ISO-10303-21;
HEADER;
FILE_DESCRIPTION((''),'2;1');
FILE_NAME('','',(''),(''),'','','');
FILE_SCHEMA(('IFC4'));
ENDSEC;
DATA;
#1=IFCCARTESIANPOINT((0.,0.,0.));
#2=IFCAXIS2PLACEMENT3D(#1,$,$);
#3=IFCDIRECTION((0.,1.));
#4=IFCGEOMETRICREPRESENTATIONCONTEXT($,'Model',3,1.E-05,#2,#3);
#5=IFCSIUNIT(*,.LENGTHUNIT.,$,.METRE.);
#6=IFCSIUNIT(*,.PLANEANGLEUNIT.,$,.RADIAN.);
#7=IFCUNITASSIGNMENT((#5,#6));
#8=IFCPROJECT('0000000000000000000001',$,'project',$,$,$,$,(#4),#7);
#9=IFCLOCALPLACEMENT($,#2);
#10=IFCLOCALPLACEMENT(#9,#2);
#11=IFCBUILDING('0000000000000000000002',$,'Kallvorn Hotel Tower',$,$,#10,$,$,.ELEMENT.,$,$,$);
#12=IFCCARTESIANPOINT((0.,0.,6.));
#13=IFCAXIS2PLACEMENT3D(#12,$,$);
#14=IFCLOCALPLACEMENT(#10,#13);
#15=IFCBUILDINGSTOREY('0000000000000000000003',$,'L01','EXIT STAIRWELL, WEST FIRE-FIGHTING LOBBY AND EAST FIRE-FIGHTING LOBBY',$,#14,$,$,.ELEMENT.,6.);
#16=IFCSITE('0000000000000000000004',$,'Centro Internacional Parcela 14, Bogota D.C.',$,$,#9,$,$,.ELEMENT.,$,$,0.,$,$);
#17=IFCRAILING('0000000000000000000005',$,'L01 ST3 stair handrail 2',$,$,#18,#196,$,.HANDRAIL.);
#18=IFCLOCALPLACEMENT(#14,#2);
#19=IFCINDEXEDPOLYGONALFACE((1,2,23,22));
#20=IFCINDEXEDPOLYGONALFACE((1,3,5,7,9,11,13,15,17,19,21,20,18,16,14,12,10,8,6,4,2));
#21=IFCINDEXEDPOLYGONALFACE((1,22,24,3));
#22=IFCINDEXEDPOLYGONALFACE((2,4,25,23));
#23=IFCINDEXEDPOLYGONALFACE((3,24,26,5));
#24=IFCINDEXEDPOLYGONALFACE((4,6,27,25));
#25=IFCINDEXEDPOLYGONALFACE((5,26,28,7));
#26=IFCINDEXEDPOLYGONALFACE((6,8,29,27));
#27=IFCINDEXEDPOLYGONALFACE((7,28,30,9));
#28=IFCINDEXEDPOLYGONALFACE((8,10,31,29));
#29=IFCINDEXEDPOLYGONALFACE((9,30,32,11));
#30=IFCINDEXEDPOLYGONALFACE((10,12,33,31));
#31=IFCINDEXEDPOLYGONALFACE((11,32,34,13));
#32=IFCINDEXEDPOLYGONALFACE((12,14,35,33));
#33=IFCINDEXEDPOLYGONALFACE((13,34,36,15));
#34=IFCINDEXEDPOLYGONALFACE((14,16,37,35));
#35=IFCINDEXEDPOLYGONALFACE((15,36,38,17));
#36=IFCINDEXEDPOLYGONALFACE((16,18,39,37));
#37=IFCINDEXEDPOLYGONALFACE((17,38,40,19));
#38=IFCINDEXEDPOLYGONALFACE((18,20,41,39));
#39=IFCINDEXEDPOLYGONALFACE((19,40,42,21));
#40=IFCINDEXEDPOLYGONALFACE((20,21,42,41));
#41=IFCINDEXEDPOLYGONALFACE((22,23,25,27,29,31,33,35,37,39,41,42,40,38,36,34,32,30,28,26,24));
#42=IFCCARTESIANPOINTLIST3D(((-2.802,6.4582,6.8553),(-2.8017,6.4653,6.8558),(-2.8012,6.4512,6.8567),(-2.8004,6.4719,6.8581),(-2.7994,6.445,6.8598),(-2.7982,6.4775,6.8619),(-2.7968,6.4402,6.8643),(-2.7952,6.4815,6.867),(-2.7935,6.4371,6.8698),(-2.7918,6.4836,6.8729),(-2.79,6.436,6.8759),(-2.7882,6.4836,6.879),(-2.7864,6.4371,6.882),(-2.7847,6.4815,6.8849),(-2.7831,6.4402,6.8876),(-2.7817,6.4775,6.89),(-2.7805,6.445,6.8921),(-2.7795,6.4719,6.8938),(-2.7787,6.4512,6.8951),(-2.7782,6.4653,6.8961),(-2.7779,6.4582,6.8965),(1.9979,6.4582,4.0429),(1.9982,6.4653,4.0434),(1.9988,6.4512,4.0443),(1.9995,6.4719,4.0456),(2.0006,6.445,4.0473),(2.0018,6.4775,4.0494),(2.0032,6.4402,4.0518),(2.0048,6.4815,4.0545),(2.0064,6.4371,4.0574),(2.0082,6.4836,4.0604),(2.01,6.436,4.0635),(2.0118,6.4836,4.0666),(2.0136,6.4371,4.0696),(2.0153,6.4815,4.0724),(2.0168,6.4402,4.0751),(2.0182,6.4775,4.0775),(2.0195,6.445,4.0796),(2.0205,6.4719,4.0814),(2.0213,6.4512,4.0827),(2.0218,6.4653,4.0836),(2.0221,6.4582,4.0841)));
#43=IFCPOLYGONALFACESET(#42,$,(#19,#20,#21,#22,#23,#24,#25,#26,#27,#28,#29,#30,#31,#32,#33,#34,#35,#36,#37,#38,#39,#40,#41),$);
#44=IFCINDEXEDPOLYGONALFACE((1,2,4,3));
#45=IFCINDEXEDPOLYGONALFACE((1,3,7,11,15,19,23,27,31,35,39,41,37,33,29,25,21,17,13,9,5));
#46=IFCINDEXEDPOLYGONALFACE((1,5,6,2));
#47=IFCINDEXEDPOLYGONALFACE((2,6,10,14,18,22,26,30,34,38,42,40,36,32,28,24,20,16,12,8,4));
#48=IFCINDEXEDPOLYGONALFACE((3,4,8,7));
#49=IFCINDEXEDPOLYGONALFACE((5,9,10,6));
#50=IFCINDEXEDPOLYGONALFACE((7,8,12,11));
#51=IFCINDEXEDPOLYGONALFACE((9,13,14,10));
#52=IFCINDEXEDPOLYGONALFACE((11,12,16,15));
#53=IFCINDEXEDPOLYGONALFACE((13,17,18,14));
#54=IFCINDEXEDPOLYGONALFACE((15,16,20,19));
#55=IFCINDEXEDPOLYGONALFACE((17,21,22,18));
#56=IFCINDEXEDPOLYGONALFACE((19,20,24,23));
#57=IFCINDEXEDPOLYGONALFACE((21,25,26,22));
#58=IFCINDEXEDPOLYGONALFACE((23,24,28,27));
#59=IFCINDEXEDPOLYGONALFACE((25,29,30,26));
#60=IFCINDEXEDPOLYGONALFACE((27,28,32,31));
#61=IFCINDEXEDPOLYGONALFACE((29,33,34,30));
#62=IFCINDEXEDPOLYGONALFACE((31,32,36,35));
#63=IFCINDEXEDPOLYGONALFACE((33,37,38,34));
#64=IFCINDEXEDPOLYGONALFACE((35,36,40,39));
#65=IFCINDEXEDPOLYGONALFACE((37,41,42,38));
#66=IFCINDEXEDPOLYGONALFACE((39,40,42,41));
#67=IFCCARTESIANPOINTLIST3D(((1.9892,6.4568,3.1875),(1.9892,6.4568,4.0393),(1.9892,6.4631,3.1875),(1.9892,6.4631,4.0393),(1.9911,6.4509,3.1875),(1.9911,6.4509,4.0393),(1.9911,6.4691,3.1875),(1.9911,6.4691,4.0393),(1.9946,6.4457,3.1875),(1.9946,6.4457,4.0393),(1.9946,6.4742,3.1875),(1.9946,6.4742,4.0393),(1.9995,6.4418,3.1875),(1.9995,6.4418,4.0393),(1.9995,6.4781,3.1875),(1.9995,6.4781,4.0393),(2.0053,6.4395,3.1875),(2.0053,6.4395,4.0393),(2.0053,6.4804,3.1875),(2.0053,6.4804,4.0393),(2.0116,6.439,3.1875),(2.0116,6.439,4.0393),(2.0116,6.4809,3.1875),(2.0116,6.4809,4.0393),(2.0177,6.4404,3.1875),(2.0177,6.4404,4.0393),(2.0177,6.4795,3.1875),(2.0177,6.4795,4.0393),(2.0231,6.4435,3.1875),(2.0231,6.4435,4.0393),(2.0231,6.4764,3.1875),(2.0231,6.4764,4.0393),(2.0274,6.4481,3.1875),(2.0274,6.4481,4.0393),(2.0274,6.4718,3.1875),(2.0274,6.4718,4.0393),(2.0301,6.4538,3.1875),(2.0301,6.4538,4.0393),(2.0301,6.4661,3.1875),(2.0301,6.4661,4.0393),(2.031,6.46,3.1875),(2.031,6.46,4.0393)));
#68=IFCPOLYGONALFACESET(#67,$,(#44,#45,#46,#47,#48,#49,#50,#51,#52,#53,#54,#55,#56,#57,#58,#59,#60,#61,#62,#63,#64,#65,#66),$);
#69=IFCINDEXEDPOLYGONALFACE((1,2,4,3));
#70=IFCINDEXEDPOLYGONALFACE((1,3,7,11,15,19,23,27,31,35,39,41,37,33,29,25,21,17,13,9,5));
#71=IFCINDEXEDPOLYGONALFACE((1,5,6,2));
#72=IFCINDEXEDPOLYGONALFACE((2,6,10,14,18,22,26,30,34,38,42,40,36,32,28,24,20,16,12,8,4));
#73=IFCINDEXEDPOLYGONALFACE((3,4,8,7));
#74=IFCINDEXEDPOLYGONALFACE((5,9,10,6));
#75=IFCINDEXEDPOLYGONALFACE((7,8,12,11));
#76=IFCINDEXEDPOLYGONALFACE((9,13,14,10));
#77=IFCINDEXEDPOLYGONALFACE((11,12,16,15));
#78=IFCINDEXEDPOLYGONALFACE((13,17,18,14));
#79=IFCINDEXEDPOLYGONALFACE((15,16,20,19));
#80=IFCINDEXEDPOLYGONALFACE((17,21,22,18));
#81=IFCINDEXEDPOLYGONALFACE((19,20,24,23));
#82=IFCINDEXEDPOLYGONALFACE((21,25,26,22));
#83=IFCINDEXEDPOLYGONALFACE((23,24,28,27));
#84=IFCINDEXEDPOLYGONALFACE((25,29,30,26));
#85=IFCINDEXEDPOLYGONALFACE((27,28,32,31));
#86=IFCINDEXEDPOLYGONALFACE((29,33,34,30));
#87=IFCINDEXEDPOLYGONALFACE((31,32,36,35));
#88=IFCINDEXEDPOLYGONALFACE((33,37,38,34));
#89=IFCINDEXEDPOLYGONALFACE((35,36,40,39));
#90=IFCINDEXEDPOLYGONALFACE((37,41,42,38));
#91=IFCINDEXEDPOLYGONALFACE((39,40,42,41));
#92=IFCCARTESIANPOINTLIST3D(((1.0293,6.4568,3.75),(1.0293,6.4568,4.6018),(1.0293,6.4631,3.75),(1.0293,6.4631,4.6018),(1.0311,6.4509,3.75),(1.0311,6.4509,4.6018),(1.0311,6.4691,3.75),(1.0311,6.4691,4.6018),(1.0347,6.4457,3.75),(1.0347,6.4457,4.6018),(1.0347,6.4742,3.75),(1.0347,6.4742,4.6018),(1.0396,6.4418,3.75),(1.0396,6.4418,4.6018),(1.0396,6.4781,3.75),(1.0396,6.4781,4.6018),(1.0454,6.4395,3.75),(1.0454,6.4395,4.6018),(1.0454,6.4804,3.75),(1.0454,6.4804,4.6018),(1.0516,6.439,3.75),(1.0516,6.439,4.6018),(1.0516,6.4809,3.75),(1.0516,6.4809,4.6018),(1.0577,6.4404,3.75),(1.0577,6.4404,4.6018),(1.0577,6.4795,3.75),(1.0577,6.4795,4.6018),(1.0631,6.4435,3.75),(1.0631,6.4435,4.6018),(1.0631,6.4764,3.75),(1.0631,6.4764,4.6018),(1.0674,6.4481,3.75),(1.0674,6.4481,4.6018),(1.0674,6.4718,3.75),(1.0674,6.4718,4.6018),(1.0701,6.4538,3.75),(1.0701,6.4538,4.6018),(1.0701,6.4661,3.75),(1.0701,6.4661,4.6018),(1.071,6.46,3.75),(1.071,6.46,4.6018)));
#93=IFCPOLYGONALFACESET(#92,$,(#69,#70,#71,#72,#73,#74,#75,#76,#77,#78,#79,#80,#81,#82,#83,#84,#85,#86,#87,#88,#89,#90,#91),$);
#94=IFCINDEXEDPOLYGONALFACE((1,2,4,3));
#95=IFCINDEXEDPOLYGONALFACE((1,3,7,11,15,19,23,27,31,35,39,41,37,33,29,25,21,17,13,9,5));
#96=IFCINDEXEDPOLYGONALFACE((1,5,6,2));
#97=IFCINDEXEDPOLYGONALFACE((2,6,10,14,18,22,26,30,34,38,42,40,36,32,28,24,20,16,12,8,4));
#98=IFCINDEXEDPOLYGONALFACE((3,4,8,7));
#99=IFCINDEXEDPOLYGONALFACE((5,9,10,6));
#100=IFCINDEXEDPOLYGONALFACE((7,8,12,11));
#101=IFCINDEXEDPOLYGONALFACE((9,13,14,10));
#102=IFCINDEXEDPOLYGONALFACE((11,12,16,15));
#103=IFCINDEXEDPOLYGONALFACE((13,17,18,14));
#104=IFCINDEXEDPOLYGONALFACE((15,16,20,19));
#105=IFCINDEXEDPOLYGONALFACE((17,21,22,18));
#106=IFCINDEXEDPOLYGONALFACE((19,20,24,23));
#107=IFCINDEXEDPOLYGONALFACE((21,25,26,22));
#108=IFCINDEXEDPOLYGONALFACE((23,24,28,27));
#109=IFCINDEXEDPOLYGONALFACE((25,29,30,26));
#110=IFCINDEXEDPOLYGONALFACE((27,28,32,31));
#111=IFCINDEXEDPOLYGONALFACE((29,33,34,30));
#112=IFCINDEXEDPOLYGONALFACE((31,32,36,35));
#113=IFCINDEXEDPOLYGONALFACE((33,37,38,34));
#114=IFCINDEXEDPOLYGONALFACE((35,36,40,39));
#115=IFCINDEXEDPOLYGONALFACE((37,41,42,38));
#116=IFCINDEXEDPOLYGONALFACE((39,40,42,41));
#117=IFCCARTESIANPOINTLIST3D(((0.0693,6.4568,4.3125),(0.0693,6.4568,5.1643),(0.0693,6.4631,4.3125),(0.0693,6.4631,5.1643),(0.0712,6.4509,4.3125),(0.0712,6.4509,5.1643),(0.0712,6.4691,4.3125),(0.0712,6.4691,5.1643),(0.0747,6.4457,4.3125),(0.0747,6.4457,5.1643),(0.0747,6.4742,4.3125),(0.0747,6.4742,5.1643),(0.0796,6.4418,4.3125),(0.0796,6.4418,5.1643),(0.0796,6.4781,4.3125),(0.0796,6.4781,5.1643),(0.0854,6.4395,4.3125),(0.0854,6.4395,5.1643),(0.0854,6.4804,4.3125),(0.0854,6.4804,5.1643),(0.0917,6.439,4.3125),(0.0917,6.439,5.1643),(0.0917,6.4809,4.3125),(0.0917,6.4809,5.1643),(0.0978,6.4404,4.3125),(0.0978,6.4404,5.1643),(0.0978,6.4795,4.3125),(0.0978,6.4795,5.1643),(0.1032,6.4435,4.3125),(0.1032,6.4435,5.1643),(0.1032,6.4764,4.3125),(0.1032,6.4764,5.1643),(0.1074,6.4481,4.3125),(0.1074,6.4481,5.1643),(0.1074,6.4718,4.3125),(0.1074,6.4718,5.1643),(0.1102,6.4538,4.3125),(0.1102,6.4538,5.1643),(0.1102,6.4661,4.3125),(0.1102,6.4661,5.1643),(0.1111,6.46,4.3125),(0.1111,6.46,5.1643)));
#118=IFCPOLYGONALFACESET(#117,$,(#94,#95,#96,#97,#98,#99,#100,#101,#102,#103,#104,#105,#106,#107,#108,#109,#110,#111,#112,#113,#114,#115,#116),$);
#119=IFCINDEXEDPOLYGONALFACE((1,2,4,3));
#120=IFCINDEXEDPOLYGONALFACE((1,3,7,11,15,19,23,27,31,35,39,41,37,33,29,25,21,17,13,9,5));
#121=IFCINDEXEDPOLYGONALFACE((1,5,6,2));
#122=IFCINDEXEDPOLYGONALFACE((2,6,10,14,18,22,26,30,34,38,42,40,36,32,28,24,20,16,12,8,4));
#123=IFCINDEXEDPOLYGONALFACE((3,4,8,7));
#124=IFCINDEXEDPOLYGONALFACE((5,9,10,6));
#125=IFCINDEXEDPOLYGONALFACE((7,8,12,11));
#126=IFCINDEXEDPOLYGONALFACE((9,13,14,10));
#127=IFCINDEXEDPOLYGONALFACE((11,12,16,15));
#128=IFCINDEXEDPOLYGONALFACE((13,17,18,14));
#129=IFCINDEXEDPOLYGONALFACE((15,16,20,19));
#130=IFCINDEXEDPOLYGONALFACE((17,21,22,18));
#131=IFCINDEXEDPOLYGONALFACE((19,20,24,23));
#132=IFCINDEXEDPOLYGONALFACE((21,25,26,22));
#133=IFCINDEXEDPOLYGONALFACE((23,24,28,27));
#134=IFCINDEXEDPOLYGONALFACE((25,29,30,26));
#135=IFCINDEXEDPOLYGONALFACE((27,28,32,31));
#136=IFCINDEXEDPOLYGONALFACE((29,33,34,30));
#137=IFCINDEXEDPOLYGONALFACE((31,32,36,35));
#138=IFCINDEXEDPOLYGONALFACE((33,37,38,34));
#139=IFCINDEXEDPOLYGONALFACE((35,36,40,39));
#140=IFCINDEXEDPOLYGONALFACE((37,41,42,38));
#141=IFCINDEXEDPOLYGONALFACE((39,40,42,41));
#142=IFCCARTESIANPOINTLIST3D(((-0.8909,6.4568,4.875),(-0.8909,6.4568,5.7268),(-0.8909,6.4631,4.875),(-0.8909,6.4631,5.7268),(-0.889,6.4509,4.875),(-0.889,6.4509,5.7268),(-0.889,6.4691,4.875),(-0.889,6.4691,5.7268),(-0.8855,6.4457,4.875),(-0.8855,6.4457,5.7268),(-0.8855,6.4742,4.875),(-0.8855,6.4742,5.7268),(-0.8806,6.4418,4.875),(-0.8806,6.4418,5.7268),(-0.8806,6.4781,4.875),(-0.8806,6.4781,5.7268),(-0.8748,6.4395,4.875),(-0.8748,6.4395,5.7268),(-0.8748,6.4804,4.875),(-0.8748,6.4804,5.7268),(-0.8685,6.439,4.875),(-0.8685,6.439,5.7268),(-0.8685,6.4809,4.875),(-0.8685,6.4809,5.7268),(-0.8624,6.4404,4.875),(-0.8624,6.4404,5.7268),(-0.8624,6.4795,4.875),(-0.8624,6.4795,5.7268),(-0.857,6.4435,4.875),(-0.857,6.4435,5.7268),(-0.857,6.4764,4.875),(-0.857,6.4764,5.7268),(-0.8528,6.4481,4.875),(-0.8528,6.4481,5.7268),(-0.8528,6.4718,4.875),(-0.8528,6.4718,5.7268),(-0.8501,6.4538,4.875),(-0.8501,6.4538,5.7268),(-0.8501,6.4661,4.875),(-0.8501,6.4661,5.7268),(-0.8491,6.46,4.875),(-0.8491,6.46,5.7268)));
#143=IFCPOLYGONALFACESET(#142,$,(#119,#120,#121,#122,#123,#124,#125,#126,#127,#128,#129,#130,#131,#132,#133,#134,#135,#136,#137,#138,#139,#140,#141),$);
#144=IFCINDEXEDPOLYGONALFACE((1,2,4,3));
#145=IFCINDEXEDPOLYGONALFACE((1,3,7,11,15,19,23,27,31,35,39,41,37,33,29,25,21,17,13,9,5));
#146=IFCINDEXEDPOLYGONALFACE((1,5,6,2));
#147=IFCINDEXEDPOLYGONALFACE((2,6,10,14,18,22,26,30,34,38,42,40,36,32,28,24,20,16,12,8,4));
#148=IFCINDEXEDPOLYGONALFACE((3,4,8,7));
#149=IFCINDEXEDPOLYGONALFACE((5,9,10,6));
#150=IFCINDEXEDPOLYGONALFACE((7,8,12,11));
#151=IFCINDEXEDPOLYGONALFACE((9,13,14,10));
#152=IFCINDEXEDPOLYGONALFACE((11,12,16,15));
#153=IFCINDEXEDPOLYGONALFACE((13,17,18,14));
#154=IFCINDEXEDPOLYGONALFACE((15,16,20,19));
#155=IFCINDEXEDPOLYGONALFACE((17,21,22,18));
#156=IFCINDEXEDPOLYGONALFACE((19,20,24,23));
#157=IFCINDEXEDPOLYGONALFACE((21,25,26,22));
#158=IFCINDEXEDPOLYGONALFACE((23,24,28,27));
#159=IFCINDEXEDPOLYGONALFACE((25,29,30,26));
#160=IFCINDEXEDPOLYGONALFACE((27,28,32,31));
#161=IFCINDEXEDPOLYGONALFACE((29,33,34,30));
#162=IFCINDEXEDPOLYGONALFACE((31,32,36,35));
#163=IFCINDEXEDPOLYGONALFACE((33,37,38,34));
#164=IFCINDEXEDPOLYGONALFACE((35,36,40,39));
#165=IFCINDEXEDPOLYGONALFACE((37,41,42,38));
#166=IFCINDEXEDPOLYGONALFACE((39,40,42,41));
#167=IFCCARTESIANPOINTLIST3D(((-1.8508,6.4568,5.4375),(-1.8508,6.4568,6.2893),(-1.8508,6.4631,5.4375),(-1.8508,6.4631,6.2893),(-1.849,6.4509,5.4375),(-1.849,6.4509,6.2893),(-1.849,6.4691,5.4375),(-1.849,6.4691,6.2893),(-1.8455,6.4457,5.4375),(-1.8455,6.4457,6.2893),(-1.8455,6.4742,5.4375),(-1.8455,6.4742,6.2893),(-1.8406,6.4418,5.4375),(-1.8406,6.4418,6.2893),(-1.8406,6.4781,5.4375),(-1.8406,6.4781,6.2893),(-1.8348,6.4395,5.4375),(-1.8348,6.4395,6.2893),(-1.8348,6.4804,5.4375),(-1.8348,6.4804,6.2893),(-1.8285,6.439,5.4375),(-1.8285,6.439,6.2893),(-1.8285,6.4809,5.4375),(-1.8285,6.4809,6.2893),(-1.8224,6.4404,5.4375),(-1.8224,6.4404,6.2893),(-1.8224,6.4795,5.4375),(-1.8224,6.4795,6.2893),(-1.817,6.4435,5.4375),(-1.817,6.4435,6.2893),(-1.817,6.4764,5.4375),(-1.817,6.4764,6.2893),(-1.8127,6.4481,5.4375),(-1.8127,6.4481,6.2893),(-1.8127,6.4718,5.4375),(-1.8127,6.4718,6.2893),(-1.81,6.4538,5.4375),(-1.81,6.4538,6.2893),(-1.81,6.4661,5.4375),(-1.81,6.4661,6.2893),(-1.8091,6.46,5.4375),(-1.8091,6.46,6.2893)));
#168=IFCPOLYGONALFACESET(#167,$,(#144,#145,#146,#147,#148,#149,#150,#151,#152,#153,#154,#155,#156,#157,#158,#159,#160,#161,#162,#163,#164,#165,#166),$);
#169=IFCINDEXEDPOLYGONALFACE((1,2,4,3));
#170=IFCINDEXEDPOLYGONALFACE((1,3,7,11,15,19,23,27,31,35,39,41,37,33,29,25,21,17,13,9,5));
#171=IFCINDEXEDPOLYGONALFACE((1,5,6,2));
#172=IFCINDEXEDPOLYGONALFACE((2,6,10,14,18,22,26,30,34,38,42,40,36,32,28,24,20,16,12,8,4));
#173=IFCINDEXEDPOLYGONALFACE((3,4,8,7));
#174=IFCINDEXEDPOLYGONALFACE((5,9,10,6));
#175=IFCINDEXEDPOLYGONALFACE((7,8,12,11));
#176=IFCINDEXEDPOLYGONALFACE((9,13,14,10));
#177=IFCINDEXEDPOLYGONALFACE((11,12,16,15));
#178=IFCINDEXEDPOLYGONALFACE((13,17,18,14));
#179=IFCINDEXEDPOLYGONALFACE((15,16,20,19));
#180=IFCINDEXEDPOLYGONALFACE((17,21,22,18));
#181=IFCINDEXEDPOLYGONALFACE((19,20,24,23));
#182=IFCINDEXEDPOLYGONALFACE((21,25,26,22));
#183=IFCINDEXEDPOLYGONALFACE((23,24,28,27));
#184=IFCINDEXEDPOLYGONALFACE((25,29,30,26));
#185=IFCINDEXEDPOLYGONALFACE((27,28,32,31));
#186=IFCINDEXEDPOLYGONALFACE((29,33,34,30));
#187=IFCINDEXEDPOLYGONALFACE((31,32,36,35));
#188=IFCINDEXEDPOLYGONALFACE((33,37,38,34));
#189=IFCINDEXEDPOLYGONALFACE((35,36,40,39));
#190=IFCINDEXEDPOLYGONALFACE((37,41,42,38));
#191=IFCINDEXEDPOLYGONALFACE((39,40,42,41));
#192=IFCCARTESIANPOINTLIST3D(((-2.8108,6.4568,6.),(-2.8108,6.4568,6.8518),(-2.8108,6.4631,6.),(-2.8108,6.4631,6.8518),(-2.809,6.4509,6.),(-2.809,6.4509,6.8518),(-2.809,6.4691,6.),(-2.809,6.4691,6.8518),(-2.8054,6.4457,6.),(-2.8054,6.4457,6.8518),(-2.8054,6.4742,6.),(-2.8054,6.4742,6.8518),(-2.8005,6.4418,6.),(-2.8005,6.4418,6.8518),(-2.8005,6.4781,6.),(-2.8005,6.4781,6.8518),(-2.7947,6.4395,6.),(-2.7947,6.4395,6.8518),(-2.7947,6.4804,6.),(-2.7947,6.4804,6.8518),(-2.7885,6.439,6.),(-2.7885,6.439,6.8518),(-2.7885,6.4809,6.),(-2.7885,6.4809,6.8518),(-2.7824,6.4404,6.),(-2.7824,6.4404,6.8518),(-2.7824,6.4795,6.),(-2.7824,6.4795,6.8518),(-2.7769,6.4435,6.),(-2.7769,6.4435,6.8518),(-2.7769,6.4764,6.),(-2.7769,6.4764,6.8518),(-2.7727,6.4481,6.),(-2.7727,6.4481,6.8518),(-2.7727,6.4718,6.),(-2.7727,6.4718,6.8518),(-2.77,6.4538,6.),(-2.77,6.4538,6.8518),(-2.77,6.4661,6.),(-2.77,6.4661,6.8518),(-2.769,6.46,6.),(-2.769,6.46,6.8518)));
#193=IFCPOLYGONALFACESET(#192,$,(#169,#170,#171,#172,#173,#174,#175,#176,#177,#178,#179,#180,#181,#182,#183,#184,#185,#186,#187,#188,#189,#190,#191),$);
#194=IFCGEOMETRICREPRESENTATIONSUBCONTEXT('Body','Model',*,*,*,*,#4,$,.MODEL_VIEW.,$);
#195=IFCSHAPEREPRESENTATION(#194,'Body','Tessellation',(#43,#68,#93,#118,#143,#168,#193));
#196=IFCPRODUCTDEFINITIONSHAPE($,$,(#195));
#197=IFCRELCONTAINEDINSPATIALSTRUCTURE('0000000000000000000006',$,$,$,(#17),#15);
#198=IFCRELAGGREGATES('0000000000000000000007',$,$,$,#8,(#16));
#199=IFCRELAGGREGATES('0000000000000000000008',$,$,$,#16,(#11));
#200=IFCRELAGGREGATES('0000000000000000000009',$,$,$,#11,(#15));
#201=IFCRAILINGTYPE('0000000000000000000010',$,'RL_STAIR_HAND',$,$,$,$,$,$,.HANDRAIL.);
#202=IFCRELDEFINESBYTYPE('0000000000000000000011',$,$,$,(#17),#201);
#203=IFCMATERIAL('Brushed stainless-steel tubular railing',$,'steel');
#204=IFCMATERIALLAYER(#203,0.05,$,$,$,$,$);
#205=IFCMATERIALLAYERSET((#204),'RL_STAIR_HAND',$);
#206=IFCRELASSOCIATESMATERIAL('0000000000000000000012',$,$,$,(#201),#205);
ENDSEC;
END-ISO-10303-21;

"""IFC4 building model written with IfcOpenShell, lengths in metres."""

from ifc_helpers import new_model, si_unit, direction, frame, origin, origin_2d, place, context, subcontext, project, spatial, circle, extrude, material, layer, layer_set, type_object, element, save


model = new_model("IFC4")

# Units and contexts
model_context = context("Model", 3, precision=1e-05, world=origin(), true_north=direction((0.0, 1.0)))
body_context = subcontext(model_context, "Body", "Model", "MODEL_VIEW")
ifc_project = project(units=[si_unit("LENGTHUNIT", "METRE"), si_unit("PLANEANGLEUNIT", "RADIAN")], contexts=[model_context])

# Site, building, storey
site_placement = place(None, origin())
site = spatial("IfcSite", under=ifc_project, at=site_placement, Name="Centro Internacional Parcela 14, Bogota D.C.", CompositionType="ELEMENT", RefElevation=0.0)
building_placement = place(site_placement, origin())
building = spatial("IfcBuilding", under=site, at=building_placement, Name="Kallvorn Hotel Tower", CompositionType="ELEMENT")
storey_placement = place(building_placement, frame((0.0, 0.0, 6.0)))
storey = spatial("IfcBuildingStorey", under=building, at=storey_placement, Name="L01", Description="EXIT STAIRWELL, WEST FIRE-FIGHTING LOBBY AND EAST FIRE-FIGHTING LOBBY", CompositionType="ELEMENT", Elevation=6.0)

# Railing
ifc_material_1 = material(Name="Brushed stainless-steel tubular railing", Category="steel")
ifc_layer_1 = layer(ifc_material_1, 0.05)
ifc_layer_set_1 = layer_set([ifc_layer_1], Name="RL_STAIR_HAND")
railing_type_1 = type_object("IfcRailingType", Name="RL_STAIR_HAND", PredefinedType="HANDRAIL", material=ifc_layer_set_1)
railing_1_placement = place(storey_placement, frame((2.01, 6.46, 3.1875)))
element("IfcRailing", 1, at=railing_1_placement, inside=storey, type_object=railing_type_1, Name="L01 ST3 stair handrail 2", PredefinedType="HANDRAIL", context=body_context, shape_type="SweptSolid", body=[
    extrude(circle(Radius=0.0239, at=origin_2d()), frame((0.0, 0.0, 0.876), z_axis=(-0.862802, 0.0, 0.505543), x_axis=(0.0, -1.0, 0.0)), (0.0, 0.0, 1.0), 5.5632),
    extrude(circle(Radius=0.021, at=origin_2d()), origin(), (0.0, 0.0, 1.0), 0.8518),
    extrude(circle(Radius=0.021, at=origin_2d()), frame((-0.96, 0.0, 0.5625)), (0.0, 0.0, 1.0), 0.8518),
    extrude(circle(Radius=0.021, at=origin_2d()), frame((-1.9199, 0.0, 1.125)), (0.0, 0.0, 1.0), 0.8518),
    extrude(circle(Radius=0.021, at=origin_2d()), frame((-2.8801, 0.0, 1.6875)), (0.0, 0.0, 1.0), 0.8518),
    extrude(circle(Radius=0.021, at=origin_2d()), frame((-3.8401, 0.0, 2.25)), (0.0, 0.0, 1.0), 0.8518),
    extrude(circle(Radius=0.021, at=origin_2d()), frame((-4.8, 0.0, 2.8125)), (0.0, 0.0, 1.0), 0.8518),
])

save(model, "model.ifc")
